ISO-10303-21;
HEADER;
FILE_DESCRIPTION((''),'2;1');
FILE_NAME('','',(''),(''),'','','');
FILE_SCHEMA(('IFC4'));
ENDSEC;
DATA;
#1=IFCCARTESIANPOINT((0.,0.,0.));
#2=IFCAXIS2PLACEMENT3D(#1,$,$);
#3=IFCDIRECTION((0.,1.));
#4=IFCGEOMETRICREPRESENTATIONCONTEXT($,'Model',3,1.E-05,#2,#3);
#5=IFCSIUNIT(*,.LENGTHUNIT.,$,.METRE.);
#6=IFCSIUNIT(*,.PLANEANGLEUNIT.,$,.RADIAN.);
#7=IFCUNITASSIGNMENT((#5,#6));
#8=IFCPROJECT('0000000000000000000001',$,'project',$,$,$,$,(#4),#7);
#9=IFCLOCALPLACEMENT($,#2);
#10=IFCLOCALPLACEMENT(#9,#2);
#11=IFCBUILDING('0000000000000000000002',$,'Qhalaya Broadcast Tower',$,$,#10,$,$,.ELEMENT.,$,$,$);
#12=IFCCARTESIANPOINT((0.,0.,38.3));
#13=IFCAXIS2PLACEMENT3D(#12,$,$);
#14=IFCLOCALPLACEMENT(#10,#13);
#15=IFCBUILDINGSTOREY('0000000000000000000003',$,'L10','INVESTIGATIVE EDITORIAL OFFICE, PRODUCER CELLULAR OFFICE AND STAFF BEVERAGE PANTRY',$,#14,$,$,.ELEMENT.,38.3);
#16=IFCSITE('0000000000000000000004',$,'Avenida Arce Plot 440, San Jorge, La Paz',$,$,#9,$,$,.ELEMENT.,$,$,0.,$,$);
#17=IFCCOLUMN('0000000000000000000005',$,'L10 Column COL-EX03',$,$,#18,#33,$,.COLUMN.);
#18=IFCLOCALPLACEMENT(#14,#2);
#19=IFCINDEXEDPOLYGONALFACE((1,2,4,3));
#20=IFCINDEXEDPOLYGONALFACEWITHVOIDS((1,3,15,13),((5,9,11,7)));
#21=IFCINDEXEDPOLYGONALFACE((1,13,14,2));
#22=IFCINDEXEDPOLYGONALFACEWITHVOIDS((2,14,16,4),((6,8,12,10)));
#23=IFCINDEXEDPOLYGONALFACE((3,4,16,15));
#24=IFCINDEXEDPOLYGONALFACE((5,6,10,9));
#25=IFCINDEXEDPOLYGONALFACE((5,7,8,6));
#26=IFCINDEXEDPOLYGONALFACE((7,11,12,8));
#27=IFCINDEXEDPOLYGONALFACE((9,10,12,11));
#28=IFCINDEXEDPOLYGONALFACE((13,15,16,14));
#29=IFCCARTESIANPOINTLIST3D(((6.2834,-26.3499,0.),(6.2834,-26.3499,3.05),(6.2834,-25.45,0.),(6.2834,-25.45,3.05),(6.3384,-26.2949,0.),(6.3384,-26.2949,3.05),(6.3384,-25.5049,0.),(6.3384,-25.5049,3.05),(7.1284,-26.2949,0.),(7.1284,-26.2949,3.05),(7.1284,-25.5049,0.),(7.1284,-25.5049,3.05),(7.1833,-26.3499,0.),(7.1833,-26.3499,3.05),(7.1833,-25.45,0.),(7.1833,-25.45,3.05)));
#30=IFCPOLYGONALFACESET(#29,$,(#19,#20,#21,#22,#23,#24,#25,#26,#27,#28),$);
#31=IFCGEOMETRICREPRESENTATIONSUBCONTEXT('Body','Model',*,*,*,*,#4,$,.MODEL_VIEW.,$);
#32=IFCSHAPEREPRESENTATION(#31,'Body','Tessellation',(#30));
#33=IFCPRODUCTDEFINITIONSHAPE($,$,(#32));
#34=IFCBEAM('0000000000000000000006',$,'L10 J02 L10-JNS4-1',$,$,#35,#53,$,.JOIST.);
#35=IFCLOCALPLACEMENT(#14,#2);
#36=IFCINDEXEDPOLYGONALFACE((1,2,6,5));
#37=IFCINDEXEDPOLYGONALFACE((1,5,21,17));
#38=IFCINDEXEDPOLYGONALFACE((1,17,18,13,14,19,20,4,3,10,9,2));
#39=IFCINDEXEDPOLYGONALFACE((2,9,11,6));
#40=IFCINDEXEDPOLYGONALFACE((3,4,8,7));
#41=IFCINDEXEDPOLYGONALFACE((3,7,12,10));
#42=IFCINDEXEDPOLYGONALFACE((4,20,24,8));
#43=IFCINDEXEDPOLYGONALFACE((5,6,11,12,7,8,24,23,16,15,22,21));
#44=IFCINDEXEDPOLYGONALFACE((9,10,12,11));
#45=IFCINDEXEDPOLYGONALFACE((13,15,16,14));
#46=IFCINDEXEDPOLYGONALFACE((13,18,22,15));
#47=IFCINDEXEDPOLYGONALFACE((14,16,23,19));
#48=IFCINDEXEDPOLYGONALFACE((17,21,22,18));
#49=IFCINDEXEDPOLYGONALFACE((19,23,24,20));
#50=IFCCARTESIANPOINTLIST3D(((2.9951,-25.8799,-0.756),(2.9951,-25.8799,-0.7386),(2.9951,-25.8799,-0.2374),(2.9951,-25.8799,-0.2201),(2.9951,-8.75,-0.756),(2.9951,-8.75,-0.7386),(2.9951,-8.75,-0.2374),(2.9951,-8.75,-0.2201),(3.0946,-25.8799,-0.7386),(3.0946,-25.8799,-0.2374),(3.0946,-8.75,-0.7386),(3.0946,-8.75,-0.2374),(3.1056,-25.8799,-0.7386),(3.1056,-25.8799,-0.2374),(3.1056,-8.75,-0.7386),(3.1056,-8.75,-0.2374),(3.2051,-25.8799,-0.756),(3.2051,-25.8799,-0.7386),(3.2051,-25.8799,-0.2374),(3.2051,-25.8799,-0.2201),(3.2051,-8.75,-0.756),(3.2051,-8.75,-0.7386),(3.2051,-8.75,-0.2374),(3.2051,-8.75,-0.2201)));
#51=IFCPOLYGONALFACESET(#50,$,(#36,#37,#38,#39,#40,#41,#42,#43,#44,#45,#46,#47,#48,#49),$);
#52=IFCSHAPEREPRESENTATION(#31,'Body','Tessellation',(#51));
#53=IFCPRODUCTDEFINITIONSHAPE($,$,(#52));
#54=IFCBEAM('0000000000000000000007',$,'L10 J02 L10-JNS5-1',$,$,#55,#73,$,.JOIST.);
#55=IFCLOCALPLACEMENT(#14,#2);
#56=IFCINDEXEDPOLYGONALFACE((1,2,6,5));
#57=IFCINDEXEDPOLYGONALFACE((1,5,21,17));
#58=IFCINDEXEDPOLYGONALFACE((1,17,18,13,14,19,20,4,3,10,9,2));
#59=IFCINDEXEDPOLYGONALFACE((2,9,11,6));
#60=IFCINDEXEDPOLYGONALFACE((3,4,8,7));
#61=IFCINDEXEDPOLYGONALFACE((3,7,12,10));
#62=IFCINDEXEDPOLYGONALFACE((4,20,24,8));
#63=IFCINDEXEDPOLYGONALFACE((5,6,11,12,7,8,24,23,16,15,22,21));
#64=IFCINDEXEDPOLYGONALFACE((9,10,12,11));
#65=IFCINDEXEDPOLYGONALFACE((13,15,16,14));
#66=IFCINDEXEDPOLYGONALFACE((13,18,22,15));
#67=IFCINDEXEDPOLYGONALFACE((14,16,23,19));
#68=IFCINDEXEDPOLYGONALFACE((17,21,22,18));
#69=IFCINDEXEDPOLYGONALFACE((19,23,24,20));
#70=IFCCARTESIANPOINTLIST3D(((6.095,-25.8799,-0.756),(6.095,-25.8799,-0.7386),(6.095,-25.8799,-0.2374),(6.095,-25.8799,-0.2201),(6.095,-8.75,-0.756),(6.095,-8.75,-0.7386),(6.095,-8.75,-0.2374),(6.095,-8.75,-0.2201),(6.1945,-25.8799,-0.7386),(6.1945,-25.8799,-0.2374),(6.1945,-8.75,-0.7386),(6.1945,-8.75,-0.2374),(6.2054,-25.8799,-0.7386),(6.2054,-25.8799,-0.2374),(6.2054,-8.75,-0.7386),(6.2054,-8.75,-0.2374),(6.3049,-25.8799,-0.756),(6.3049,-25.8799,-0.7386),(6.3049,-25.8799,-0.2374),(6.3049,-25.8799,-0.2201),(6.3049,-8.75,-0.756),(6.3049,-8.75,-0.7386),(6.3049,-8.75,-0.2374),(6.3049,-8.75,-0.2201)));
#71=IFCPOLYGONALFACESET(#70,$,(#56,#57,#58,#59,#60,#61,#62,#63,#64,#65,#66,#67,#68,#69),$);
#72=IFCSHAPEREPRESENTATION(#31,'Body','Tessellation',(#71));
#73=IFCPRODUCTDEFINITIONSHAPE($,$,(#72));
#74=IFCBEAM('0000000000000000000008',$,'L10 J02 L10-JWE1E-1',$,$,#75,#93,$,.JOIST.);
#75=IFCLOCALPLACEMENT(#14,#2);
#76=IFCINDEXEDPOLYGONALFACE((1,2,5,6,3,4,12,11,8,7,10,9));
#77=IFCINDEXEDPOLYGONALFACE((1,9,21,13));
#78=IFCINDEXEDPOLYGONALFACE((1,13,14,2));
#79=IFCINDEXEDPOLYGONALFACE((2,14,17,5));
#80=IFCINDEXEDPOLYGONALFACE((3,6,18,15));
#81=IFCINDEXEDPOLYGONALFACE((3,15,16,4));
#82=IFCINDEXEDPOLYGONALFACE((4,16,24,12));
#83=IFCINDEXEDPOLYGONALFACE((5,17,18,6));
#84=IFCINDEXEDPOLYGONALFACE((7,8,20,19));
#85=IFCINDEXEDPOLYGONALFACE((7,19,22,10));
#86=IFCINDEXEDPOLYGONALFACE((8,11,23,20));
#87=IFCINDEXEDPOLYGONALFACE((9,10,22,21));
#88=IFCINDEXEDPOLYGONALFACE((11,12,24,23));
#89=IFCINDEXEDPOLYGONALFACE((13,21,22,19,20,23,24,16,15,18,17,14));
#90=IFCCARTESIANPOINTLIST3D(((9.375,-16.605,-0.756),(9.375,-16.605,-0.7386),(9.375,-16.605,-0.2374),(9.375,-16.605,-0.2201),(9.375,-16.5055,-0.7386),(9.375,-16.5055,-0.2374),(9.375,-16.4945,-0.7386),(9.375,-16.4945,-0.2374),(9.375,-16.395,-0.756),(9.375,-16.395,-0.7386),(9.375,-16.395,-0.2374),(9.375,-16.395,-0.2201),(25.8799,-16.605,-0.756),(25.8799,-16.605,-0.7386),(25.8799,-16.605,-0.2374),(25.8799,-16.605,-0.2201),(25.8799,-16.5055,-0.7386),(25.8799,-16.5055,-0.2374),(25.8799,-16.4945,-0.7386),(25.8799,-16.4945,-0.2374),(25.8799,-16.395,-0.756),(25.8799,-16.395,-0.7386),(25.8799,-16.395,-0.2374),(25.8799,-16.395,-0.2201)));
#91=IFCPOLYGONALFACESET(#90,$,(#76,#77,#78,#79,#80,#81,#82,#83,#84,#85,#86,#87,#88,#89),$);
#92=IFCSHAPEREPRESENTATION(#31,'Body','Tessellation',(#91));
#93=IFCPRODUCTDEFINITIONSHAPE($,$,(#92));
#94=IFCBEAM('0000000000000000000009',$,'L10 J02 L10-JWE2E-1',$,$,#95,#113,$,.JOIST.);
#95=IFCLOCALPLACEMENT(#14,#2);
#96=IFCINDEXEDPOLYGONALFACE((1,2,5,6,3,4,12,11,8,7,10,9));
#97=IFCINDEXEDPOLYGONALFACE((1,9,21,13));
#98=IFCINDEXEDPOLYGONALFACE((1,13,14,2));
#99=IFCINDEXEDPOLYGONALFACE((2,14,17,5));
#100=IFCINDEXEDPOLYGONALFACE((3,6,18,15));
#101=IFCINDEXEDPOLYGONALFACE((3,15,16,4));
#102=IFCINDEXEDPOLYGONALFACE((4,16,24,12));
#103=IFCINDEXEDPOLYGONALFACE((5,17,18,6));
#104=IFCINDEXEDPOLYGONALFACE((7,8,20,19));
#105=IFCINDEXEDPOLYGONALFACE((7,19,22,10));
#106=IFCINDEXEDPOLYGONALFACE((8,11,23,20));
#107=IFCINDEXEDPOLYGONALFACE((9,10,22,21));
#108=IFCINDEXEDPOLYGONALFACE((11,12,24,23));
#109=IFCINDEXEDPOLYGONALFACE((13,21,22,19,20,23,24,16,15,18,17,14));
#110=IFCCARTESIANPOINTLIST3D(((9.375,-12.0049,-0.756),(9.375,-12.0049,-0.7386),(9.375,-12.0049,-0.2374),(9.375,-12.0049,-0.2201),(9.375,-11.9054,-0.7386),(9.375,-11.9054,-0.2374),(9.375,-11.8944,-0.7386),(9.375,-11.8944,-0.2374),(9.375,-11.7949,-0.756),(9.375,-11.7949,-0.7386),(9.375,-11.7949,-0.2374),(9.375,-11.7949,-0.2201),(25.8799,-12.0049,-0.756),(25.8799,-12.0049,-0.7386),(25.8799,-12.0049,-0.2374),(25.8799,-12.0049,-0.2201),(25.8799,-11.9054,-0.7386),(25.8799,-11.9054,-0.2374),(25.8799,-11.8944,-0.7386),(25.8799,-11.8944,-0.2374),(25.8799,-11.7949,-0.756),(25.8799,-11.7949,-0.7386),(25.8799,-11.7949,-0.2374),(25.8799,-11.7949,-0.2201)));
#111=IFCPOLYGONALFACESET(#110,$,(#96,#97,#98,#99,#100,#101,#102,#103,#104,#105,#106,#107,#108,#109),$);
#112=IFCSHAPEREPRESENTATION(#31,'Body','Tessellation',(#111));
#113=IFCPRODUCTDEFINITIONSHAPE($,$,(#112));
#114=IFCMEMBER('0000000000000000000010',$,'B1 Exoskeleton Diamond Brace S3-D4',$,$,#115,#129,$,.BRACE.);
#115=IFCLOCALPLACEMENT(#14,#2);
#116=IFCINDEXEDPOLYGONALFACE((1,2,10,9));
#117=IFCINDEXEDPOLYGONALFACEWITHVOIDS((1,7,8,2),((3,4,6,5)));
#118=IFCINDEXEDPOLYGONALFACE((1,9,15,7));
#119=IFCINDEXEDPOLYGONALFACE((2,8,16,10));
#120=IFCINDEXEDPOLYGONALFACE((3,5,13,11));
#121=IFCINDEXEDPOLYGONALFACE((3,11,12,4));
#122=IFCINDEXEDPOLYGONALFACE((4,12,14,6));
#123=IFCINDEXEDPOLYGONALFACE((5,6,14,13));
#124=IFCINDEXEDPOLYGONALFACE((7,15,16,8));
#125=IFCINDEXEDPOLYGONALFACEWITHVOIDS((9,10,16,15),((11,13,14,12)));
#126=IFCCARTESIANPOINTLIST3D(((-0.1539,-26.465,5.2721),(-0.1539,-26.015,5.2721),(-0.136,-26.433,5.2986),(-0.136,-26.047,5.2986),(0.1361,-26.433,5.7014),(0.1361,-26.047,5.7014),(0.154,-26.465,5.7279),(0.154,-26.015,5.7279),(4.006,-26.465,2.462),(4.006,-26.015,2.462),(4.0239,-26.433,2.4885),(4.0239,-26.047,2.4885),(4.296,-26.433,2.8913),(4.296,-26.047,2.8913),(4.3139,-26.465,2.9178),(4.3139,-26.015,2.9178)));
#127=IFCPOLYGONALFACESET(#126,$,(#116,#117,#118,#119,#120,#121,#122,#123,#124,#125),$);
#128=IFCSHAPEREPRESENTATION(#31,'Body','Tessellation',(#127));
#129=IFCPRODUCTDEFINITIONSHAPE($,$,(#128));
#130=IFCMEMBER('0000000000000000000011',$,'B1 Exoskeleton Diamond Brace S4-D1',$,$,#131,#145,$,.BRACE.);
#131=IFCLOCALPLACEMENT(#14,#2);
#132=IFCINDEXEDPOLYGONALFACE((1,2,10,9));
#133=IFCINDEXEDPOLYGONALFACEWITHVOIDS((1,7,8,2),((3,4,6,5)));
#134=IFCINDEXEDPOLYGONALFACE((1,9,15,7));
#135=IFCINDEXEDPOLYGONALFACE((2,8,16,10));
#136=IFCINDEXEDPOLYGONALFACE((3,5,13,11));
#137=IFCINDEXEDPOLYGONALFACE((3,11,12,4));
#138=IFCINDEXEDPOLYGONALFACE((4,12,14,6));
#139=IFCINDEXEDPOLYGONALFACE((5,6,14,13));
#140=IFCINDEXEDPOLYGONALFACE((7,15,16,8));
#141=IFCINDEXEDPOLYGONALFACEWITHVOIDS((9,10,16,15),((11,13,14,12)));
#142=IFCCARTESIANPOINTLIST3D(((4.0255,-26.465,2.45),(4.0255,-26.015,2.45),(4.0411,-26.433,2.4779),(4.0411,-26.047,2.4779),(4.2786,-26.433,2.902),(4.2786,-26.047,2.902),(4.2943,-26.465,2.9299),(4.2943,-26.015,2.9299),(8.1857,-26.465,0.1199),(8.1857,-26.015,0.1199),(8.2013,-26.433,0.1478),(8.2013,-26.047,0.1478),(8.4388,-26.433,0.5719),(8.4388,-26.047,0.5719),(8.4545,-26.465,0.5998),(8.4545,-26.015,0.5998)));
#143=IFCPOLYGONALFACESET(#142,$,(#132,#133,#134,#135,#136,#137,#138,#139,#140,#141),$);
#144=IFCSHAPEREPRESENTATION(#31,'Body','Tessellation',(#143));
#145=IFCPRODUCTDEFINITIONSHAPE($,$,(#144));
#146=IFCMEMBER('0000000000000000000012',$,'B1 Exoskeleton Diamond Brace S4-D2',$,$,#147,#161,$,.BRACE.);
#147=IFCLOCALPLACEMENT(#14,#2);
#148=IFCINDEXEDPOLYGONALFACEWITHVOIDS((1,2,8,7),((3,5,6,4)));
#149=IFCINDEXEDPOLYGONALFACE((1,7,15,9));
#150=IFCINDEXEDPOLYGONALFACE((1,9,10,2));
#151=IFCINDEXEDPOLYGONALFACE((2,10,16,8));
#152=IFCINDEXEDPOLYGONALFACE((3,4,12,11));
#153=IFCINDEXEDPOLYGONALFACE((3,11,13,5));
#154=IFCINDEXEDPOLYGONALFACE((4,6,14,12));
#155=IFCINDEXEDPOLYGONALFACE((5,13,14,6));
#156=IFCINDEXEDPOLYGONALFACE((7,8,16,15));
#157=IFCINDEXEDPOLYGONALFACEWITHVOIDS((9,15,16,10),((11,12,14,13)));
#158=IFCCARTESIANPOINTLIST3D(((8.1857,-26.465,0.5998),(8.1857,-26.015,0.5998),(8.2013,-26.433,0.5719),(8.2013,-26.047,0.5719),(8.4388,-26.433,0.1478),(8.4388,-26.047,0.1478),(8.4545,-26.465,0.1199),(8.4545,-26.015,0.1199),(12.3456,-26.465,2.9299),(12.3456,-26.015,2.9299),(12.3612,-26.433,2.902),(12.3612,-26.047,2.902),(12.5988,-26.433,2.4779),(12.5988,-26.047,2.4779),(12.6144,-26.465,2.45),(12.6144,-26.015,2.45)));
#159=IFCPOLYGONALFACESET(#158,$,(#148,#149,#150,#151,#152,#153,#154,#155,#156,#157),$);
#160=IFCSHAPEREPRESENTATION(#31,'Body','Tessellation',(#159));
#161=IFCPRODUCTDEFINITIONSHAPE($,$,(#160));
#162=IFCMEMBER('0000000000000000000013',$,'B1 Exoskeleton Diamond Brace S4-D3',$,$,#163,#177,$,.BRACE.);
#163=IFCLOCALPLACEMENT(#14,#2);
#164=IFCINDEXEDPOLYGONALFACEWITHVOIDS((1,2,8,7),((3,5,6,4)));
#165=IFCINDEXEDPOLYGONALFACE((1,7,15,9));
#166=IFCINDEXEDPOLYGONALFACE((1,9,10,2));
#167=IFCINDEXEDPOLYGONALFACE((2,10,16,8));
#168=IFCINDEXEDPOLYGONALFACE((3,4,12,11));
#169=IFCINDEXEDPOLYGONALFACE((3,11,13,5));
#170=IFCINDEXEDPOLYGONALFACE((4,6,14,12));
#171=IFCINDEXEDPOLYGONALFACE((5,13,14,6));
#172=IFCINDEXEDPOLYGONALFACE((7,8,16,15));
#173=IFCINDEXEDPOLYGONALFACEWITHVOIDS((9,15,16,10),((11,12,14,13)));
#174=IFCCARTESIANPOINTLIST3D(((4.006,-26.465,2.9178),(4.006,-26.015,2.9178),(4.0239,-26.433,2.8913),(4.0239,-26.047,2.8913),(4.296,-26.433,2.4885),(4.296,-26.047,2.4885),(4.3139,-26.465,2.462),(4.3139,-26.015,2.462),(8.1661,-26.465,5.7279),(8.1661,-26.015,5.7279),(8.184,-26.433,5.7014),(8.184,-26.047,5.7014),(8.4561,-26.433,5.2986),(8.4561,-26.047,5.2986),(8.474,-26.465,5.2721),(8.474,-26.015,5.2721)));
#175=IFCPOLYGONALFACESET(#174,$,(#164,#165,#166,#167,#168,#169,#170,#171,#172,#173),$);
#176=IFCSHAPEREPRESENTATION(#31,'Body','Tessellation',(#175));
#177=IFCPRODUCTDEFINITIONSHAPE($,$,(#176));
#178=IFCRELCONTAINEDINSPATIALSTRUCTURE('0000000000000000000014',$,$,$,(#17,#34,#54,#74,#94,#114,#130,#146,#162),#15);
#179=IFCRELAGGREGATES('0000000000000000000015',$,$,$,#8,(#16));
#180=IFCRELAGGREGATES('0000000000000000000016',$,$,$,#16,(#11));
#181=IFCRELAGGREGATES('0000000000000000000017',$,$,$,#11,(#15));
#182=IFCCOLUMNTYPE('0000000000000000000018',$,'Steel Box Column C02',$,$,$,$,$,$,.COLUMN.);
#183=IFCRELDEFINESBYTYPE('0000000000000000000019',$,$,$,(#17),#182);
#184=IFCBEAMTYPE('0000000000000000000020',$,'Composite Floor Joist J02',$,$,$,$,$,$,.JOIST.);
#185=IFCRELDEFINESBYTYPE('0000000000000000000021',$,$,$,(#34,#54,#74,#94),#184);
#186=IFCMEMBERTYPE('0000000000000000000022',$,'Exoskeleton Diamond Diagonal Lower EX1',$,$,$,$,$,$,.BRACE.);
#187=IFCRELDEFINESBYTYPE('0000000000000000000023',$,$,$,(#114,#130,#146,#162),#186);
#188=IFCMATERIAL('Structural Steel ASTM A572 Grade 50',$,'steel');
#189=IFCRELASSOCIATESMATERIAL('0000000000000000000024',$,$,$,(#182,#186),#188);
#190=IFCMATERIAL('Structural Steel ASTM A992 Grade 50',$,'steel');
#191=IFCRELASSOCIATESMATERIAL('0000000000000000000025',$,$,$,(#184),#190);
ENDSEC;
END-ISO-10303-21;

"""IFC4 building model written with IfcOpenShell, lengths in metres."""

from ifc_helpers import new_model, si_unit, direction, frame, origin, origin_2d, place, context, subcontext, project, spatial, hollow_rectangle, i_section, extrude, material, material_profile, profile_set, type_object, element, save


model = new_model("IFC4")

# Units and contexts
model_context = context("Model", 3, precision=1e-05, world=origin(), true_north=direction((0.0, 1.0)))
body_context = subcontext(model_context, "Body", "Model", "MODEL_VIEW")
ifc_project = project(units=[si_unit("LENGTHUNIT", "METRE"), si_unit("PLANEANGLEUNIT", "RADIAN")], contexts=[model_context])

# Site, building, storey
site_placement = place(None, origin())
site = spatial("IfcSite", under=ifc_project, at=site_placement, Name="Avenida Arce Plot 440, San Jorge, La Paz", CompositionType="ELEMENT", RefElevation=0.0)
building_placement = place(site_placement, origin())
building = spatial("IfcBuilding", under=site, at=building_placement, Name="Qhalaya Broadcast Tower", CompositionType="ELEMENT")
storey_placement = place(building_placement, frame((0.0, 0.0, 38.3)))
storey = spatial("IfcBuildingStorey", under=building, at=storey_placement, Name="L10", Description="INVESTIGATIVE EDITORIAL OFFICE, PRODUCER CELLULAR OFFICE AND STAFF BEVERAGE PANTRY", CompositionType="ELEMENT", Elevation=38.3)

# Column
ifc_material_1 = material(Name="Structural Steel ASTM A572 Grade 50", Category="steel")
ifc_material_profile_1 = material_profile(ifc_material_1, hollow_rectangle(XDim=0.8999, YDim=0.8999, WallThickness=0.0549, at=origin_2d()), Name="BOX 900x900x55")
ifc_profile_set_1 = profile_set([ifc_material_profile_1], Name="Structural Steel ASTM A572 Grade 50")
column_type = type_object("IfcColumnType", Name="Steel Box Column C02", PredefinedType="COLUMN", material=ifc_profile_set_1)
column_placement = place(storey_placement, frame((6.7334, -25.8999, 0.0), z_axis=(0.0, 0.0, 1.0), x_axis=(1.0, 0.0, 0.0)))
element("IfcColumn", 1, at=column_placement, inside=storey, type_object=column_type, Name="L10 Column COL-EX03", PredefinedType="COLUMN", context=body_context, shape_type="SweptSolid", body=[
    extrude(hollow_rectangle(XDim=0.8999, YDim=0.8999, WallThickness=0.0549, at=origin_2d()), origin(), (0.0, 0.0, 1.0), 3.05),
])

# Beams
ifc_material_2 = material(Name="Structural Steel ASTM A992 Grade 50", Category="steel")
ifc_material_profile_2 = material_profile(ifc_material_2, i_section(OverallWidth=0.21, OverallDepth=0.5359, WebThickness=0.011, FlangeThickness=0.0173, at=origin_2d()), Name="W21X68")
ifc_profile_set_2 = profile_set([ifc_material_profile_2], Name="Structural Steel ASTM A992 Grade 50")
beam_type_1 = type_object("IfcBeamType", Name="Composite Floor Joist J02", PredefinedType="JOIST", material=ifc_profile_set_2)
for number, where, z_axis, x_axis, name in (
    (2, (3.1001, -25.8799, -0.488), (0.0, 1.0, 0.0), (-1.0, 0.0, 0.0), "L10 J02 L10-JNS4-1"),
    (3, (6.2, -25.8799, -0.488), (0.0, 1.0, 0.0), (-1.0, 0.0, 0.0), "L10 J02 L10-JNS5-1"),
):
    element("IfcBeam", number, at=place(storey_placement, frame(where, z_axis=z_axis, x_axis=x_axis)), inside=storey, type_object=beam_type_1, Name=name, PredefinedType="JOIST", context=body_context, shape_type="SweptSolid", body=[
        extrude(i_section(OverallWidth=0.21, OverallDepth=0.5359, WebThickness=0.011, FlangeThickness=0.0173, at=origin_2d()), origin(), (0.0, 0.0, 1.0), 17.1299),
    ])
for number, where, z_axis, x_axis, name in (
    (4, (9.375, -16.5, -0.488), (1.0, 0.0, 0.0), (0.0, 1.0, 0.0), "L10 J02 L10-JWE1E-1"),
    (5, (9.375, -11.8999, -0.488), (1.0, 0.0, 0.0), (0.0, 1.0, 0.0), "L10 J02 L10-JWE2E-1"),
):
    element("IfcBeam", number, at=place(storey_placement, frame(where, z_axis=z_axis, x_axis=x_axis)), inside=storey, type_object=beam_type_1, Name=name, PredefinedType="JOIST", context=body_context, shape_type="SweptSolid", body=[
        extrude(i_section(OverallWidth=0.21, OverallDepth=0.5359, WebThickness=0.011, FlangeThickness=0.0173, at=origin_2d()), origin(), (0.0, 0.0, 1.0), 16.5049),
    ])

# Members
ifc_material_profile_3 = material_profile(ifc_material_1, hollow_rectangle(XDim=0.45, YDim=0.55, WallThickness=0.032, at=origin_2d()), Name="BOX 450x550x32")
ifc_profile_set_3 = profile_set([ifc_material_profile_3], Name="Structural Steel ASTM A572 Grade 50")
member_type = type_object("IfcMemberType", Name="Exoskeleton Diamond Diagonal Lower EX1", PredefinedType="BRACE", material=ifc_profile_set_3)
member_1_placement = place(storey_placement, frame((4.1599, -26.24, 2.6899), z_axis=(-0.828653, 0.0, 0.559763), x_axis=(0.0, -1.0, 0.0)))
element("IfcMember", 6, at=member_1_placement, inside=storey, type_object=member_type, Name="B1 Exoskeleton Diamond Brace S3-D4", PredefinedType="BRACE", context=body_context, shape_type="SweptSolid", body=[
    extrude(hollow_rectangle(XDim=0.45, YDim=0.55, WallThickness=0.032, at=origin_2d()), origin(), (0.0, 0.0, 1.0), 5.02),
])
member_2_placement = place(storey_placement, frame((8.3201, -26.24, 0.3599), z_axis=(-0.872471, 0.0, 0.488666), x_axis=(0.0, -1.0, 0.0)))
element("IfcMember", 7, at=member_2_placement, inside=storey, type_object=member_type, Name="B1 Exoskeleton Diamond Brace S4-D1", PredefinedType="BRACE", context=body_context, shape_type="SweptSolid", body=[
    extrude(hollow_rectangle(XDim=0.45, YDim=0.55, WallThickness=0.032, at=origin_2d()), origin(), (0.0, 0.0, 1.0), 4.7683),
])
member_3_placement = place(storey_placement, frame((8.3201, -26.24, 0.3599), z_axis=(0.872459, 0.0, 0.488688), x_axis=(0.0, 1.0, 0.0)))
element("IfcMember", 8, at=member_3_placement, inside=storey, type_object=member_type, Name="B1 Exoskeleton Diamond Brace S4-D2", PredefinedType="BRACE", context=body_context, shape_type="SweptSolid", body=[
    extrude(hollow_rectangle(XDim=0.45, YDim=0.55, WallThickness=0.032, at=origin_2d()), origin(), (0.0, 0.0, 1.0), 4.7681),
])
member_4_placement = place(storey_placement, frame((4.1599, -26.24, 2.6899), z_axis=(0.828668, 0.0, 0.55974), x_axis=(0.0, 1.0, 0.0)))
element("IfcMember", 9, at=member_4_placement, inside=storey, type_object=member_type, Name="B1 Exoskeleton Diamond Brace S4-D3", PredefinedType="BRACE", context=body_context, shape_type="SweptSolid", body=[
    extrude(hollow_rectangle(XDim=0.45, YDim=0.55, WallThickness=0.032, at=origin_2d()), origin(), (0.0, 0.0, 1.0), 5.0203),
])

save(model, "model.ifc")
